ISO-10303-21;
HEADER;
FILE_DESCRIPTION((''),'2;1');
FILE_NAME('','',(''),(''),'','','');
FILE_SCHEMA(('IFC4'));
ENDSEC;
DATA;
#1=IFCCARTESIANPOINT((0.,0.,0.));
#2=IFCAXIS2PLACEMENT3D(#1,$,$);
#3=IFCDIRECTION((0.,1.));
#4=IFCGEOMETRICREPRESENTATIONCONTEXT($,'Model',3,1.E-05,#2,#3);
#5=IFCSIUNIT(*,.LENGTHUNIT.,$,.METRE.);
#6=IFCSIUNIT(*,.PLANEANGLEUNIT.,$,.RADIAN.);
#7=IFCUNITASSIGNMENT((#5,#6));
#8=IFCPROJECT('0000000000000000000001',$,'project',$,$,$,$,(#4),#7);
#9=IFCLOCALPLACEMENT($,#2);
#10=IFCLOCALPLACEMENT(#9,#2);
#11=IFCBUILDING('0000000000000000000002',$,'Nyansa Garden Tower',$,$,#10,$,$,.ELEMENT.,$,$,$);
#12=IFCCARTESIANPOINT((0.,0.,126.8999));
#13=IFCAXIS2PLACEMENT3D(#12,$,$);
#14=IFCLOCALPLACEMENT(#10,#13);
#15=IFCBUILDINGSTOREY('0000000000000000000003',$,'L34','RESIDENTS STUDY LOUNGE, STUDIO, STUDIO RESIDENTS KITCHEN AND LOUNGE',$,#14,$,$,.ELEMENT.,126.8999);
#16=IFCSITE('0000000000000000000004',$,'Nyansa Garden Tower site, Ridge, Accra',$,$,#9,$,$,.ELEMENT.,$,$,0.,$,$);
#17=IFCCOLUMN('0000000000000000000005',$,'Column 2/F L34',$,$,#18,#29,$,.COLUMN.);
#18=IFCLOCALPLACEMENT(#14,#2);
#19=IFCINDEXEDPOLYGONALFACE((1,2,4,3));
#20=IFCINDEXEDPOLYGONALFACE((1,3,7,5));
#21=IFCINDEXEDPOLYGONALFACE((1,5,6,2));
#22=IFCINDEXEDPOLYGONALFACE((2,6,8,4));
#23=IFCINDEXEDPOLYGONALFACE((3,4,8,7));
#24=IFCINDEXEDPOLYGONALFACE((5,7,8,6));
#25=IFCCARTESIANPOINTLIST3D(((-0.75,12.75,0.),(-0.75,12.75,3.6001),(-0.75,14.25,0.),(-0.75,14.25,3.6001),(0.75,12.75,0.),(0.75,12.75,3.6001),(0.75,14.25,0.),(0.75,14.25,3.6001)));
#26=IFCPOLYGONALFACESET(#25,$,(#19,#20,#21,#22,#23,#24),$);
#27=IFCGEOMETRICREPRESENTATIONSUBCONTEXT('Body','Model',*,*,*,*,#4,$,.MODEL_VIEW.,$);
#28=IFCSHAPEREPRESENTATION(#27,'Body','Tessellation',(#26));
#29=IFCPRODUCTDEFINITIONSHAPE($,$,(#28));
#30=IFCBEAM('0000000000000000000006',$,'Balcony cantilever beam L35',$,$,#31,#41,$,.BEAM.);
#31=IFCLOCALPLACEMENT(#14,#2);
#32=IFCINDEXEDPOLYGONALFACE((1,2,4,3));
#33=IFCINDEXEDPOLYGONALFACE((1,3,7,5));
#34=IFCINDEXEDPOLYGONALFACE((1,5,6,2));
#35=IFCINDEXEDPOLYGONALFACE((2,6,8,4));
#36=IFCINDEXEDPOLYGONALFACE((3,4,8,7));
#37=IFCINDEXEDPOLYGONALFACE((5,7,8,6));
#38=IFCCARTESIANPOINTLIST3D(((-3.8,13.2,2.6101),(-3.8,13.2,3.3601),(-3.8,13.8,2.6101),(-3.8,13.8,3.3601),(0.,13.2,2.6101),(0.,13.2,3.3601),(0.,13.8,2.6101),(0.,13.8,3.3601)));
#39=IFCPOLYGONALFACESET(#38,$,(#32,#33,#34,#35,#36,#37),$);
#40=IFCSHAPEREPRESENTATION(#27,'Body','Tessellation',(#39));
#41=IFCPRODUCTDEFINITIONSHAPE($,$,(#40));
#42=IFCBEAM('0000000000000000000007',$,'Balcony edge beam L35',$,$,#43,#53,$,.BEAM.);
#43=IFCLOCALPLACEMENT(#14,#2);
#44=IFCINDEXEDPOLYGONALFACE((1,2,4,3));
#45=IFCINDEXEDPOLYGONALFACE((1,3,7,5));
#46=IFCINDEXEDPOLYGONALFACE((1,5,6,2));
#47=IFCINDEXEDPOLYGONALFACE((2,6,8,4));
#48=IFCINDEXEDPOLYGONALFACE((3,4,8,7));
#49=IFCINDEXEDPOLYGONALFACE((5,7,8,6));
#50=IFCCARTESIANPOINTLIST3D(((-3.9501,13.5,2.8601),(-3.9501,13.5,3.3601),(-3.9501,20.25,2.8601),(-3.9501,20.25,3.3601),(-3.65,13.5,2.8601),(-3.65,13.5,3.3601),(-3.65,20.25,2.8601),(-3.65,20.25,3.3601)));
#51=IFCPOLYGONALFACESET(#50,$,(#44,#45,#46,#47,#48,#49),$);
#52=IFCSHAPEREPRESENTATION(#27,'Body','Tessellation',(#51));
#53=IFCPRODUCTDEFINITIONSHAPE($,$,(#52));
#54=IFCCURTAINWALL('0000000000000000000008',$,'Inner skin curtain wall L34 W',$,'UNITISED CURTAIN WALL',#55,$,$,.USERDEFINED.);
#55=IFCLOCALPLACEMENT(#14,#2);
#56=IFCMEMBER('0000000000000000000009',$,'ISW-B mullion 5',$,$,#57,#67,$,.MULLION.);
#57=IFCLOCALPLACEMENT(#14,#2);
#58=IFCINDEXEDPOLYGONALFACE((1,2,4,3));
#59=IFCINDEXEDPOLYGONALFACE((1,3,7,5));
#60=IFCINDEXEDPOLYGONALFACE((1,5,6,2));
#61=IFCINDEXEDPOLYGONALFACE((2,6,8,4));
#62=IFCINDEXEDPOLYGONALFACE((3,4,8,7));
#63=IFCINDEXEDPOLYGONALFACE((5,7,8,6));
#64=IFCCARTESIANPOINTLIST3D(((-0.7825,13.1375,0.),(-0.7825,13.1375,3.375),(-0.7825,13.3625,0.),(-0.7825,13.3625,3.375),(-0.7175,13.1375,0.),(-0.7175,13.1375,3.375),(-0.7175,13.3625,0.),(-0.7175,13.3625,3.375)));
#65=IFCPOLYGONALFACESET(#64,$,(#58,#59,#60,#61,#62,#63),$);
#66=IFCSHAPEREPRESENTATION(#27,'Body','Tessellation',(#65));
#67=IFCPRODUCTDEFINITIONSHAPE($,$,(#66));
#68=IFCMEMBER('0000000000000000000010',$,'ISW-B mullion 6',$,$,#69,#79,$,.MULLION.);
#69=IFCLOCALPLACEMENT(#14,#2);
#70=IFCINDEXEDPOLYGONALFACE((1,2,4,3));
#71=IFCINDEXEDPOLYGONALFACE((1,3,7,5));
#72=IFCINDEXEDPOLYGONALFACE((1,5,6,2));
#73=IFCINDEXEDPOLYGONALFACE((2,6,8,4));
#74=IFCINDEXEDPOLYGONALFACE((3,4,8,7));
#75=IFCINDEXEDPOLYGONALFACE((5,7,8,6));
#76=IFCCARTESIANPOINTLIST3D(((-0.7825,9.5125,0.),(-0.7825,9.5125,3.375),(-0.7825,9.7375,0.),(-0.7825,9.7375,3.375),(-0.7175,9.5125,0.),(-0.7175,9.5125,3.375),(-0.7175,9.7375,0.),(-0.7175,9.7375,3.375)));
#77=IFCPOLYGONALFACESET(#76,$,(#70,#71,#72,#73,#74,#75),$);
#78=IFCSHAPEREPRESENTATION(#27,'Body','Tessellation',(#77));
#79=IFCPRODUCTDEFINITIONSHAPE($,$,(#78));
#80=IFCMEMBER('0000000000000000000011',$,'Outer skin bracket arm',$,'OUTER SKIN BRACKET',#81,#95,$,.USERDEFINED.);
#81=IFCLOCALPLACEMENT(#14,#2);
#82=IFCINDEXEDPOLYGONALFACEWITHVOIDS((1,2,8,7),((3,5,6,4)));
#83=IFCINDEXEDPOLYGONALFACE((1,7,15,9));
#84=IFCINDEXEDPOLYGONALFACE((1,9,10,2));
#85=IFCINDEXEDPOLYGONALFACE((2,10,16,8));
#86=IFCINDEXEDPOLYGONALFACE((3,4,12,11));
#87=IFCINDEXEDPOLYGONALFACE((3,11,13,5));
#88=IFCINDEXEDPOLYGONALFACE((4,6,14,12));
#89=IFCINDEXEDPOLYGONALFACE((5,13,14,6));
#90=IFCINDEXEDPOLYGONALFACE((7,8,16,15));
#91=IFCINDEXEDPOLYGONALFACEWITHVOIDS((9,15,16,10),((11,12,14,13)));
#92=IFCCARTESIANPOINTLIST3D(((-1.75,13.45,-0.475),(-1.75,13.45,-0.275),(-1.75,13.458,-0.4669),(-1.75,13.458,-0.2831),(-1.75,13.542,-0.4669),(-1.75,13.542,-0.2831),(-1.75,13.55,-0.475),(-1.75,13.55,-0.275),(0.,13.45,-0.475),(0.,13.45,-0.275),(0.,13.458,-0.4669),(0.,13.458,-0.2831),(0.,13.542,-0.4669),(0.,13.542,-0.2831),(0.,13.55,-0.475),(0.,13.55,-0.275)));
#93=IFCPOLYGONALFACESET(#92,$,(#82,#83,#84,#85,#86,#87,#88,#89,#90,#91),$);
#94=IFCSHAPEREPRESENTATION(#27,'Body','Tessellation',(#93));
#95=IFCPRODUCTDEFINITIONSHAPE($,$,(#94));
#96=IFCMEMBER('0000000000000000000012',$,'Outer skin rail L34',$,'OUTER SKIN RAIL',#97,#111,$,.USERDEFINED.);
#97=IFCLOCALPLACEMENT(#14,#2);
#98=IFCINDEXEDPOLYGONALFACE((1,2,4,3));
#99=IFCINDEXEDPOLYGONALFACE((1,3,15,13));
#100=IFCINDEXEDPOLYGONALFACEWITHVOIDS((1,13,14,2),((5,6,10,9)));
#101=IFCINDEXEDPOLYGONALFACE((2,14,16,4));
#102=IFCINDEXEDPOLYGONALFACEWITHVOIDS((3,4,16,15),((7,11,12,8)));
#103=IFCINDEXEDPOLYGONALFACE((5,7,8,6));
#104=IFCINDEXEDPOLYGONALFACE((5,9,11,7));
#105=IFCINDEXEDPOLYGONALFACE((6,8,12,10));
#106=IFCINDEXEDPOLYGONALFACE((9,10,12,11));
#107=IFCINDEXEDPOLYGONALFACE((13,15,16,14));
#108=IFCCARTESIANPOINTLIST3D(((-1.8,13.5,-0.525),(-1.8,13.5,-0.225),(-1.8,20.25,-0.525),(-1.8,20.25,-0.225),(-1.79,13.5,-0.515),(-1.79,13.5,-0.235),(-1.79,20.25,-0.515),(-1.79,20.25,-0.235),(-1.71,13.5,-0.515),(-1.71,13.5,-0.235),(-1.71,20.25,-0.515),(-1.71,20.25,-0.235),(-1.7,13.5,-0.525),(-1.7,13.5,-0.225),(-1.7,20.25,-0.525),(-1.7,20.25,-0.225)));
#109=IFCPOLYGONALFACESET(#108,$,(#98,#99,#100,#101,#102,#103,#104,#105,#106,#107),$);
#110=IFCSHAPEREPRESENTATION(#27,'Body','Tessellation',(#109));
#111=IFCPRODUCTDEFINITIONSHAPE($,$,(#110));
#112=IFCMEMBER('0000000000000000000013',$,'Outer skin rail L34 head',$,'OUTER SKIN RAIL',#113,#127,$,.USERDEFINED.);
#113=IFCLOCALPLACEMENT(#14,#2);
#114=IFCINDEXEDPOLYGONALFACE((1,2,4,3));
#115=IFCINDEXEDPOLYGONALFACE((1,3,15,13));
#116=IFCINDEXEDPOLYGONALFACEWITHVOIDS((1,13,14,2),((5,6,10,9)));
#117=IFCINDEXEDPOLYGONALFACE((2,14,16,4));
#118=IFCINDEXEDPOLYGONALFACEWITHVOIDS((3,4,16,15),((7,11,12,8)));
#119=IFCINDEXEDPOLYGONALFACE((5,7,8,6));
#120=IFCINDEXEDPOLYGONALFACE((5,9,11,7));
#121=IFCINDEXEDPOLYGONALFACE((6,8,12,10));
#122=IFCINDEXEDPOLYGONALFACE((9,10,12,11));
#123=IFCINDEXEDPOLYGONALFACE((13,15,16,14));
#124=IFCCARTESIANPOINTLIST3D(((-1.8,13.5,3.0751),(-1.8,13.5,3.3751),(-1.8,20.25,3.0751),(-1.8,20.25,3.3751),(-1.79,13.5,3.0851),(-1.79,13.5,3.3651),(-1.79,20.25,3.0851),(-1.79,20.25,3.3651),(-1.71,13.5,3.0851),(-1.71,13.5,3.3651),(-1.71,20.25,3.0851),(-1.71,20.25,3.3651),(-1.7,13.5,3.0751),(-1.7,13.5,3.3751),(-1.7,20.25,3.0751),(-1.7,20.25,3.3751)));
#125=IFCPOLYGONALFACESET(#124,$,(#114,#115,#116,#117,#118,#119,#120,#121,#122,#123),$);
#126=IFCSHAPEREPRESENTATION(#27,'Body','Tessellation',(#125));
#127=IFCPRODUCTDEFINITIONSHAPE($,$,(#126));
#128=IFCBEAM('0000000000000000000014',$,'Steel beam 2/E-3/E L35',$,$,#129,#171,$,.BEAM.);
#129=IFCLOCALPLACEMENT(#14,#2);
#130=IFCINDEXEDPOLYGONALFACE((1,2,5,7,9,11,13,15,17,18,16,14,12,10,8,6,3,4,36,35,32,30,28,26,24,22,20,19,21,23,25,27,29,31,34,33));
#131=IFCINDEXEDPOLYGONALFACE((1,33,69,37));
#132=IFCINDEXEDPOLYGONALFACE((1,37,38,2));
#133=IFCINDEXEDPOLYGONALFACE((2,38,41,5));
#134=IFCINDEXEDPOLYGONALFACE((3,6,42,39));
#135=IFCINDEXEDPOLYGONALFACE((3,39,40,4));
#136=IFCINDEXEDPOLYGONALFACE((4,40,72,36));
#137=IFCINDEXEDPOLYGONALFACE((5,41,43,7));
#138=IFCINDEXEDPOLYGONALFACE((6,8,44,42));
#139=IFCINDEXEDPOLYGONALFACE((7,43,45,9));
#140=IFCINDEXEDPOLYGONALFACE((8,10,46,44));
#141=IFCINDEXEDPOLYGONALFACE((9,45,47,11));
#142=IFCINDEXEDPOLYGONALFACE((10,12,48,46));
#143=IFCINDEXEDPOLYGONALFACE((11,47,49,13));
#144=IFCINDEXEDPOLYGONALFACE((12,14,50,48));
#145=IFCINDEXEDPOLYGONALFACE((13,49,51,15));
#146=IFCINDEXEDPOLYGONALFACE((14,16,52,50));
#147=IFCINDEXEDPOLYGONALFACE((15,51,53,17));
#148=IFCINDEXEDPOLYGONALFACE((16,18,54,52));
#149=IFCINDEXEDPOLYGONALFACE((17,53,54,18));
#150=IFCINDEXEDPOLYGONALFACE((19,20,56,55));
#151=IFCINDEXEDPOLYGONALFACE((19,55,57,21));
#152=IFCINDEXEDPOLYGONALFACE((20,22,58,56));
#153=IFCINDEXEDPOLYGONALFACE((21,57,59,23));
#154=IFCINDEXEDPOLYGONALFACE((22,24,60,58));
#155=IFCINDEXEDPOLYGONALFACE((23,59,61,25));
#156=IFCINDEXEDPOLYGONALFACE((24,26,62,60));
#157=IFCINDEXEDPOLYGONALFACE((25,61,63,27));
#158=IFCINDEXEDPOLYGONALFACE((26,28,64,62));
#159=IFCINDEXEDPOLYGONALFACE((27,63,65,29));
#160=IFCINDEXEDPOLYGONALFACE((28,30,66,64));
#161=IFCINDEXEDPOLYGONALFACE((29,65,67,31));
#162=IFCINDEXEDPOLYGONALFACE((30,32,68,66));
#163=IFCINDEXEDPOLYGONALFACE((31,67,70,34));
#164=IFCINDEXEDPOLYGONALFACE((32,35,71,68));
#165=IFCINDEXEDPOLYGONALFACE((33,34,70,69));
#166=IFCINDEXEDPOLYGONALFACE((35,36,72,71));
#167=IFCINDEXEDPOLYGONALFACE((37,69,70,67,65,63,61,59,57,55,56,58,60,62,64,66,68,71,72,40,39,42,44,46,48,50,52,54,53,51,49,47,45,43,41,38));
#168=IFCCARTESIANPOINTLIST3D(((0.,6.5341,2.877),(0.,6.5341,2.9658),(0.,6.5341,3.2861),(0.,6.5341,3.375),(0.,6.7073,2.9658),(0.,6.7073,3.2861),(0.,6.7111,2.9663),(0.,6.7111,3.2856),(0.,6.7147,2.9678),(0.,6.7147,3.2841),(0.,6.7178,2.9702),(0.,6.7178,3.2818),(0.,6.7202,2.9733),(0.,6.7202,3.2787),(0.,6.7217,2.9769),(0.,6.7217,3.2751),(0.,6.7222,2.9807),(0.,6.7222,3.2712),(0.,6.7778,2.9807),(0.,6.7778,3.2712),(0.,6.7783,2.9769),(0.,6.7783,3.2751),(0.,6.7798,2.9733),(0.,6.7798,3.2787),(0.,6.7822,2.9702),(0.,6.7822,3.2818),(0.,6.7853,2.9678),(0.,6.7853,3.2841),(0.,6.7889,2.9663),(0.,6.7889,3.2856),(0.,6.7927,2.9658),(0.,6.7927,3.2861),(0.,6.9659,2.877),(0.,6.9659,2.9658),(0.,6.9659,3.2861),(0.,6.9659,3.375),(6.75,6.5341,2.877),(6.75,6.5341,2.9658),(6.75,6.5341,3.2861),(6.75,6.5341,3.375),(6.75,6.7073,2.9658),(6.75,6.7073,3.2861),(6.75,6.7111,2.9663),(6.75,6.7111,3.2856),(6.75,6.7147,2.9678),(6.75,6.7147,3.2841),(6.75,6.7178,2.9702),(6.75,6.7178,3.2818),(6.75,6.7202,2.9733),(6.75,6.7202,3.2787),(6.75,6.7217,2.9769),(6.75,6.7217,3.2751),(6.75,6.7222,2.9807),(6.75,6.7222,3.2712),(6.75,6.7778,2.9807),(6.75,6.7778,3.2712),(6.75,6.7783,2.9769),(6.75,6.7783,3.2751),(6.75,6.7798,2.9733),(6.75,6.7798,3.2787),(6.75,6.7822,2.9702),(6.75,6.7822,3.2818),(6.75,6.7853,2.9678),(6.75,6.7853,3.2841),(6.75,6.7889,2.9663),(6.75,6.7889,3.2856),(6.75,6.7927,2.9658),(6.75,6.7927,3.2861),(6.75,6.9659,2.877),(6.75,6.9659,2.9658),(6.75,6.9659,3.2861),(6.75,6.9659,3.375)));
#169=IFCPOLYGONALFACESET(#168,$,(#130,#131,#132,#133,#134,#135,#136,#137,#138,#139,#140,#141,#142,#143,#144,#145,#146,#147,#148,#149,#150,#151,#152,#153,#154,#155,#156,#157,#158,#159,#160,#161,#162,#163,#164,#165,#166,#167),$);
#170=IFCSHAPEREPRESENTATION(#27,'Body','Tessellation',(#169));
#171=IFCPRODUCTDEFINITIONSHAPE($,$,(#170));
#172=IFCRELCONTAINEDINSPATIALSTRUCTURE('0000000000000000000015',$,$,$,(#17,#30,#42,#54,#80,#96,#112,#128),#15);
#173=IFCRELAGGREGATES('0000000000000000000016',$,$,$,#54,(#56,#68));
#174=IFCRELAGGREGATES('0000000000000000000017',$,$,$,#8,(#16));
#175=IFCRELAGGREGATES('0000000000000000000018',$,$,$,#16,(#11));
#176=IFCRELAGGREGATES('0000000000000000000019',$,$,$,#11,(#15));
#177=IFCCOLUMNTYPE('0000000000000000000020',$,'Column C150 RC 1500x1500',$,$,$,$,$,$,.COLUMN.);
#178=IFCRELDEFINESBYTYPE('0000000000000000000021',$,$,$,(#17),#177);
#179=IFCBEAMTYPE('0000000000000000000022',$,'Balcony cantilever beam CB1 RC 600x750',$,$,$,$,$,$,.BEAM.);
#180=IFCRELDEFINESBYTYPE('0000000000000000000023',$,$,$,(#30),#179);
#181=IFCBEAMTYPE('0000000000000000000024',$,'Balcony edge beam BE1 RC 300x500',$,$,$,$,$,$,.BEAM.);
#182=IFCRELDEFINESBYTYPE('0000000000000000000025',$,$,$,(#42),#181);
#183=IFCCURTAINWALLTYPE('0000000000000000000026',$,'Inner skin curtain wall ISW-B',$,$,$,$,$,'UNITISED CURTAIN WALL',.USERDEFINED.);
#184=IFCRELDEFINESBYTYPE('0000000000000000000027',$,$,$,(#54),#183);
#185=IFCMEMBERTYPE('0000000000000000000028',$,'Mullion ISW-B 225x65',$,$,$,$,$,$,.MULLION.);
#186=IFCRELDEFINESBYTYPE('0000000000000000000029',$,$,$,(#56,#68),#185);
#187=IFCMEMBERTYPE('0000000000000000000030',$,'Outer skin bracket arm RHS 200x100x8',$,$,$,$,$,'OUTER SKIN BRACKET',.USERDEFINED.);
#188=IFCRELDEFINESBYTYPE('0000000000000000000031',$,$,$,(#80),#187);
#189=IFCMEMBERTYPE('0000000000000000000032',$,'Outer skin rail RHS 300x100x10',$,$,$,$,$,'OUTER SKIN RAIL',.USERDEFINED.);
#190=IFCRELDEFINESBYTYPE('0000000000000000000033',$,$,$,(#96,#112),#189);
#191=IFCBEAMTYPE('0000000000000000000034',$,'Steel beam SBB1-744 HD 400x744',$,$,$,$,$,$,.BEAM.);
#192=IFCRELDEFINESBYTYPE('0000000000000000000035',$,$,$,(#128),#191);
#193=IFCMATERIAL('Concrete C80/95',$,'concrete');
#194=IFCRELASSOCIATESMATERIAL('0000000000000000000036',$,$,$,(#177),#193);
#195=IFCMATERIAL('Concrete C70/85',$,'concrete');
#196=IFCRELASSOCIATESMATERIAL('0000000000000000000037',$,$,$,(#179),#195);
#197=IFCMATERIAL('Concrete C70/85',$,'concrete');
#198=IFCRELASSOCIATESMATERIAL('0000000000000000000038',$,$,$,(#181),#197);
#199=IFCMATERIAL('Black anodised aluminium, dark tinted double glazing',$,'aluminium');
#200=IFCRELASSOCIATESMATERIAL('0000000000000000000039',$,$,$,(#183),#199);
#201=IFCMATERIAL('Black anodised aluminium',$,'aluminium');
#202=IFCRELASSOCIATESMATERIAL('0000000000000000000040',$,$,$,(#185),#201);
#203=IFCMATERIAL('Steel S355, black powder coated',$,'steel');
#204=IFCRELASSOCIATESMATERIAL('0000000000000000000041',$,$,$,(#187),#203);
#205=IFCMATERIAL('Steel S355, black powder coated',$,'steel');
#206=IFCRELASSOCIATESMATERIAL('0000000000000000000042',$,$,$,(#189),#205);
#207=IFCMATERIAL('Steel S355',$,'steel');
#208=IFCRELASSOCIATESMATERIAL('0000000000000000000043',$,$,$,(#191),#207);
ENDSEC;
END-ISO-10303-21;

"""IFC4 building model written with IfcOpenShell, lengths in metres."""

from ifc_helpers import new_model, si_unit, direction, frame, origin, origin_2d, place, context, subcontext, project, spatial, rectangle, hollow_rectangle, i_section, extrude, material, material_profile, profile_set, type_object, element, aggregate, save


model = new_model("IFC4")

# Units and contexts
model_context = context("Model", 3, precision=1e-05, world=origin(), true_north=direction((0.0, 1.0)))
body_context = subcontext(model_context, "Body", "Model", "MODEL_VIEW")
ifc_project = project(units=[si_unit("LENGTHUNIT", "METRE"), si_unit("PLANEANGLEUNIT", "RADIAN")], contexts=[model_context])

# Site, building, storey
site_placement = place(None, origin())
site = spatial("IfcSite", under=ifc_project, at=site_placement, Name="Nyansa Garden Tower site, Ridge, Accra", CompositionType="ELEMENT", RefElevation=0.0)
building_placement = place(site_placement, origin())
building = spatial("IfcBuilding", under=site, at=building_placement, Name="Nyansa Garden Tower", CompositionType="ELEMENT")
storey_placement = place(building_placement, frame((0.0, 0.0, 126.8999)))
storey = spatial("IfcBuildingStorey", under=building, at=storey_placement, Name="L34", Description="RESIDENTS STUDY LOUNGE, STUDIO, STUDIO RESIDENTS KITCHEN AND LOUNGE", CompositionType="ELEMENT", Elevation=126.8999)

# Column
ifc_material_1 = material(Name="Concrete C80/95", Category="concrete")
ifc_material_profile_1 = material_profile(ifc_material_1, rectangle(XDim=1.5, YDim=1.5, at=origin_2d()), Name="RC 1500x1500")
ifc_profile_set_1 = profile_set([ifc_material_profile_1], Name="Concrete C80/95")
column_type = type_object("IfcColumnType", Name="Column C150 RC 1500x1500", PredefinedType="COLUMN", material=ifc_profile_set_1)
column_placement = place(storey_placement, frame((0.0, 13.5, 0.0), z_axis=(0.0, 0.0, 1.0), x_axis=(1.0, 0.0, 0.0)))
element("IfcColumn", 1, at=column_placement, inside=storey, type_object=column_type, Name="Column 2/F L34", PredefinedType="COLUMN", context=body_context, shape_type="SweptSolid", body=[
    extrude(rectangle(XDim=1.5, YDim=1.5, at=origin_2d()), origin(), (0.0, 0.0, 1.0), 3.6001),
])

# Beams
ifc_material_2 = material(Name="Concrete C70/85", Category="concrete")
ifc_material_profile_2 = material_profile(ifc_material_2, rectangle(XDim=0.6001, YDim=0.75, at=origin_2d()), Name="RC 600x750")
ifc_profile_set_2 = profile_set([ifc_material_profile_2], Name="Concrete C70/85")
beam_type_1 = type_object("IfcBeamType", Name="Balcony cantilever beam CB1 RC 600x750", PredefinedType="BEAM", material=ifc_profile_set_2)
beam_1_placement = place(storey_placement, frame((0.0, 13.5, 2.9851), z_axis=(-1.0, 0.0, 0.0), x_axis=(0.0, -1.0, 0.0)))
element("IfcBeam", 2, at=beam_1_placement, inside=storey, type_object=beam_type_1, Name="Balcony cantilever beam L35", PredefinedType="BEAM", context=body_context, shape_type="SweptSolid", body=[
    extrude(rectangle(XDim=0.6001, YDim=0.75, at=origin_2d()), origin(), (0.0, 0.0, 1.0), 3.8),
])
ifc_material_3 = material(Name="Concrete C70/85", Category="concrete")
ifc_material_profile_3 = material_profile(ifc_material_3, rectangle(XDim=0.3, YDim=0.5, at=origin_2d()), Name="RC 300x500")
ifc_profile_set_3 = profile_set([ifc_material_profile_3], Name="Concrete C70/85")
beam_type_2 = type_object("IfcBeamType", Name="Balcony edge beam BE1 RC 300x500", PredefinedType="BEAM", material=ifc_profile_set_3)
beam_2_placement = place(storey_placement, frame((-3.8, 13.5, 3.1101), z_axis=(0.0, 1.0, 0.0), x_axis=(-1.0, 0.0, 0.0)))
element("IfcBeam", 3, at=beam_2_placement, inside=storey, type_object=beam_type_2, Name="Balcony edge beam L35", PredefinedType="BEAM", context=body_context, shape_type="SweptSolid", body=[
    extrude(rectangle(XDim=0.3, YDim=0.5, at=origin_2d()), origin(), (0.0, 0.0, 1.0), 6.75),
])

# Curtain wall, members
ifc_material_4 = material(Name="Black anodised aluminium, dark tinted double glazing", Category="aluminium")
curtain_wall_type = type_object("IfcCurtainWallType", Name="Inner skin curtain wall ISW-B", ElementType="UNITISED CURTAIN WALL", PredefinedType="USERDEFINED", material=ifc_material_4)
curtain_wall_placement = place(storey_placement, origin())
curtain_wall = element("IfcCurtainWall", 4, at=curtain_wall_placement, inside=storey, type_object=curtain_wall_type, Name="Inner skin curtain wall L34 W", ObjectType="UNITISED CURTAIN WALL", PredefinedType="USERDEFINED")
ifc_material_5 = material(Name="Black anodised aluminium", Category="aluminium")
ifc_material_profile_4 = material_profile(ifc_material_5, rectangle(XDim=0.0649, YDim=0.2251, at=origin_2d()), Name="Mullion 225x65")
ifc_profile_set_4 = profile_set([ifc_material_profile_4], Name="Black anodised aluminium")
member_type_1 = type_object("IfcMemberType", Name="Mullion ISW-B 225x65", PredefinedType="MULLION", material=ifc_profile_set_4)
member_1_placement = place(storey_placement, frame((-0.75, 13.25, 0.0), z_axis=(0.0, 0.0, 1.0), x_axis=(1.0, 0.0, 0.0)))
member_1 = element("IfcMember", 5, at=member_1_placement, type_object=member_type_1, Name="ISW-B mullion 5", PredefinedType="MULLION", context=body_context, shape_type="SweptSolid", body=[
    extrude(rectangle(XDim=0.0649, YDim=0.2251, at=origin_2d()), origin(), (0.0, 0.0, 1.0), 3.375),
])
member_2_placement = place(storey_placement, frame((-0.75, 9.625, 0.0), z_axis=(0.0, 0.0, 1.0), x_axis=(1.0, 0.0, 0.0)))
member_2 = element("IfcMember", 6, at=member_2_placement, type_object=member_type_1, Name="ISW-B mullion 6", PredefinedType="MULLION", context=body_context, shape_type="SweptSolid", body=[
    extrude(rectangle(XDim=0.0649, YDim=0.2251, at=origin_2d()), origin(), (0.0, 0.0, 1.0), 3.375),
])

# Members
ifc_material_6 = material(Name="Steel S355, black powder coated", Category="steel")
ifc_material_profile_5 = material_profile(ifc_material_6, hollow_rectangle(XDim=0.1001, YDim=0.2, WallThickness=0.0081, at=origin_2d()), Name="RHS 200x100x8")
ifc_profile_set_5 = profile_set([ifc_material_profile_5], Name="Steel S355, black powder coated")
member_type_2 = type_object("IfcMemberType", Name="Outer skin bracket arm RHS 200x100x8", ElementType="OUTER SKIN BRACKET", PredefinedType="USERDEFINED", material=ifc_profile_set_5)
member_3_placement = place(storey_placement, frame((0.0, 13.5, -0.375), z_axis=(-1.0, 0.0, 0.0), x_axis=(0.0, -1.0, 0.0)))
element("IfcMember", 7, at=member_3_placement, inside=storey, type_object=member_type_2, Name="Outer skin bracket arm", ObjectType="OUTER SKIN BRACKET", PredefinedType="USERDEFINED", context=body_context, shape_type="SweptSolid", body=[
    extrude(hollow_rectangle(XDim=0.1001, YDim=0.2, WallThickness=0.0081, at=origin_2d()), origin(), (0.0, 0.0, 1.0), 1.75),
])
ifc_material_7 = material(Name="Steel S355, black powder coated", Category="steel")
ifc_material_profile_6 = material_profile(ifc_material_7, hollow_rectangle(XDim=0.1001, YDim=0.3, WallThickness=0.01, at=origin_2d()), Name="RHS 300x100x10")
ifc_profile_set_6 = profile_set([ifc_material_profile_6], Name="Steel S355, black powder coated")
member_type_3 = type_object("IfcMemberType", Name="Outer skin rail RHS 300x100x10", ElementType="OUTER SKIN RAIL", PredefinedType="USERDEFINED", material=ifc_profile_set_6)
for number, where, z_axis, x_axis, name in (
    (8, (-1.75, 13.5, -0.375), (0.0, 1.0, 0.0), (-1.0, 0.0, 0.0), "Outer skin rail L34"),
    (9, (-1.75, 13.5, 3.2251), (0.0, 1.0, 0.0), (-1.0, 0.0, 0.0), "Outer skin rail L34 head"),
):
    element("IfcMember", number, at=place(storey_placement, frame(where, z_axis=z_axis, x_axis=x_axis)), inside=storey, type_object=member_type_3, Name=name, ObjectType="OUTER SKIN RAIL", PredefinedType="USERDEFINED", context=body_context, shape_type="SweptSolid", body=[
        extrude(hollow_rectangle(XDim=0.1001, YDim=0.3, WallThickness=0.01, at=origin_2d()), origin(), (0.0, 0.0, 1.0), 6.75),
    ])

# Beam
ifc_material_8 = material(Name="Steel S355", Category="steel")
ifc_material_profile_7 = material_profile(ifc_material_8, i_section(OverallWidth=0.4319, OverallDepth=0.498, WebThickness=0.0557, FlangeThickness=0.0889, FilletRadius=0.0149, at=origin_2d()), Name="HD 400x744")
ifc_profile_set_7 = profile_set([ifc_material_profile_7], Name="Steel S355")
beam_type_3 = type_object("IfcBeamType", Name="Steel beam SBB1-744 HD 400x744", PredefinedType="BEAM", material=ifc_profile_set_7)
for number, where, z_axis, x_axis, name in (
    (10, (0.0, 6.75, 3.126), (1.0, 0.0, 0.0), (0.0, 1.0, 0.0), "Steel beam 2/E-3/E L35"),
):
    element("IfcBeam", number, at=place(storey_placement, frame(where, z_axis=z_axis, x_axis=x_axis)), inside=storey, type_object=beam_type_3, Name=name, PredefinedType="BEAM", context=body_context, shape_type="SweptSolid", body=[
        extrude(i_section(OverallWidth=0.4319, OverallDepth=0.498, WebThickness=0.0557, FlangeThickness=0.0889, FilletRadius=0.0149, at=origin_2d()), origin(), (0.0, 0.0, 1.0), 6.75),
    ])

aggregate(curtain_wall, [member_1, member_2])

save(model, "model.ifc")
